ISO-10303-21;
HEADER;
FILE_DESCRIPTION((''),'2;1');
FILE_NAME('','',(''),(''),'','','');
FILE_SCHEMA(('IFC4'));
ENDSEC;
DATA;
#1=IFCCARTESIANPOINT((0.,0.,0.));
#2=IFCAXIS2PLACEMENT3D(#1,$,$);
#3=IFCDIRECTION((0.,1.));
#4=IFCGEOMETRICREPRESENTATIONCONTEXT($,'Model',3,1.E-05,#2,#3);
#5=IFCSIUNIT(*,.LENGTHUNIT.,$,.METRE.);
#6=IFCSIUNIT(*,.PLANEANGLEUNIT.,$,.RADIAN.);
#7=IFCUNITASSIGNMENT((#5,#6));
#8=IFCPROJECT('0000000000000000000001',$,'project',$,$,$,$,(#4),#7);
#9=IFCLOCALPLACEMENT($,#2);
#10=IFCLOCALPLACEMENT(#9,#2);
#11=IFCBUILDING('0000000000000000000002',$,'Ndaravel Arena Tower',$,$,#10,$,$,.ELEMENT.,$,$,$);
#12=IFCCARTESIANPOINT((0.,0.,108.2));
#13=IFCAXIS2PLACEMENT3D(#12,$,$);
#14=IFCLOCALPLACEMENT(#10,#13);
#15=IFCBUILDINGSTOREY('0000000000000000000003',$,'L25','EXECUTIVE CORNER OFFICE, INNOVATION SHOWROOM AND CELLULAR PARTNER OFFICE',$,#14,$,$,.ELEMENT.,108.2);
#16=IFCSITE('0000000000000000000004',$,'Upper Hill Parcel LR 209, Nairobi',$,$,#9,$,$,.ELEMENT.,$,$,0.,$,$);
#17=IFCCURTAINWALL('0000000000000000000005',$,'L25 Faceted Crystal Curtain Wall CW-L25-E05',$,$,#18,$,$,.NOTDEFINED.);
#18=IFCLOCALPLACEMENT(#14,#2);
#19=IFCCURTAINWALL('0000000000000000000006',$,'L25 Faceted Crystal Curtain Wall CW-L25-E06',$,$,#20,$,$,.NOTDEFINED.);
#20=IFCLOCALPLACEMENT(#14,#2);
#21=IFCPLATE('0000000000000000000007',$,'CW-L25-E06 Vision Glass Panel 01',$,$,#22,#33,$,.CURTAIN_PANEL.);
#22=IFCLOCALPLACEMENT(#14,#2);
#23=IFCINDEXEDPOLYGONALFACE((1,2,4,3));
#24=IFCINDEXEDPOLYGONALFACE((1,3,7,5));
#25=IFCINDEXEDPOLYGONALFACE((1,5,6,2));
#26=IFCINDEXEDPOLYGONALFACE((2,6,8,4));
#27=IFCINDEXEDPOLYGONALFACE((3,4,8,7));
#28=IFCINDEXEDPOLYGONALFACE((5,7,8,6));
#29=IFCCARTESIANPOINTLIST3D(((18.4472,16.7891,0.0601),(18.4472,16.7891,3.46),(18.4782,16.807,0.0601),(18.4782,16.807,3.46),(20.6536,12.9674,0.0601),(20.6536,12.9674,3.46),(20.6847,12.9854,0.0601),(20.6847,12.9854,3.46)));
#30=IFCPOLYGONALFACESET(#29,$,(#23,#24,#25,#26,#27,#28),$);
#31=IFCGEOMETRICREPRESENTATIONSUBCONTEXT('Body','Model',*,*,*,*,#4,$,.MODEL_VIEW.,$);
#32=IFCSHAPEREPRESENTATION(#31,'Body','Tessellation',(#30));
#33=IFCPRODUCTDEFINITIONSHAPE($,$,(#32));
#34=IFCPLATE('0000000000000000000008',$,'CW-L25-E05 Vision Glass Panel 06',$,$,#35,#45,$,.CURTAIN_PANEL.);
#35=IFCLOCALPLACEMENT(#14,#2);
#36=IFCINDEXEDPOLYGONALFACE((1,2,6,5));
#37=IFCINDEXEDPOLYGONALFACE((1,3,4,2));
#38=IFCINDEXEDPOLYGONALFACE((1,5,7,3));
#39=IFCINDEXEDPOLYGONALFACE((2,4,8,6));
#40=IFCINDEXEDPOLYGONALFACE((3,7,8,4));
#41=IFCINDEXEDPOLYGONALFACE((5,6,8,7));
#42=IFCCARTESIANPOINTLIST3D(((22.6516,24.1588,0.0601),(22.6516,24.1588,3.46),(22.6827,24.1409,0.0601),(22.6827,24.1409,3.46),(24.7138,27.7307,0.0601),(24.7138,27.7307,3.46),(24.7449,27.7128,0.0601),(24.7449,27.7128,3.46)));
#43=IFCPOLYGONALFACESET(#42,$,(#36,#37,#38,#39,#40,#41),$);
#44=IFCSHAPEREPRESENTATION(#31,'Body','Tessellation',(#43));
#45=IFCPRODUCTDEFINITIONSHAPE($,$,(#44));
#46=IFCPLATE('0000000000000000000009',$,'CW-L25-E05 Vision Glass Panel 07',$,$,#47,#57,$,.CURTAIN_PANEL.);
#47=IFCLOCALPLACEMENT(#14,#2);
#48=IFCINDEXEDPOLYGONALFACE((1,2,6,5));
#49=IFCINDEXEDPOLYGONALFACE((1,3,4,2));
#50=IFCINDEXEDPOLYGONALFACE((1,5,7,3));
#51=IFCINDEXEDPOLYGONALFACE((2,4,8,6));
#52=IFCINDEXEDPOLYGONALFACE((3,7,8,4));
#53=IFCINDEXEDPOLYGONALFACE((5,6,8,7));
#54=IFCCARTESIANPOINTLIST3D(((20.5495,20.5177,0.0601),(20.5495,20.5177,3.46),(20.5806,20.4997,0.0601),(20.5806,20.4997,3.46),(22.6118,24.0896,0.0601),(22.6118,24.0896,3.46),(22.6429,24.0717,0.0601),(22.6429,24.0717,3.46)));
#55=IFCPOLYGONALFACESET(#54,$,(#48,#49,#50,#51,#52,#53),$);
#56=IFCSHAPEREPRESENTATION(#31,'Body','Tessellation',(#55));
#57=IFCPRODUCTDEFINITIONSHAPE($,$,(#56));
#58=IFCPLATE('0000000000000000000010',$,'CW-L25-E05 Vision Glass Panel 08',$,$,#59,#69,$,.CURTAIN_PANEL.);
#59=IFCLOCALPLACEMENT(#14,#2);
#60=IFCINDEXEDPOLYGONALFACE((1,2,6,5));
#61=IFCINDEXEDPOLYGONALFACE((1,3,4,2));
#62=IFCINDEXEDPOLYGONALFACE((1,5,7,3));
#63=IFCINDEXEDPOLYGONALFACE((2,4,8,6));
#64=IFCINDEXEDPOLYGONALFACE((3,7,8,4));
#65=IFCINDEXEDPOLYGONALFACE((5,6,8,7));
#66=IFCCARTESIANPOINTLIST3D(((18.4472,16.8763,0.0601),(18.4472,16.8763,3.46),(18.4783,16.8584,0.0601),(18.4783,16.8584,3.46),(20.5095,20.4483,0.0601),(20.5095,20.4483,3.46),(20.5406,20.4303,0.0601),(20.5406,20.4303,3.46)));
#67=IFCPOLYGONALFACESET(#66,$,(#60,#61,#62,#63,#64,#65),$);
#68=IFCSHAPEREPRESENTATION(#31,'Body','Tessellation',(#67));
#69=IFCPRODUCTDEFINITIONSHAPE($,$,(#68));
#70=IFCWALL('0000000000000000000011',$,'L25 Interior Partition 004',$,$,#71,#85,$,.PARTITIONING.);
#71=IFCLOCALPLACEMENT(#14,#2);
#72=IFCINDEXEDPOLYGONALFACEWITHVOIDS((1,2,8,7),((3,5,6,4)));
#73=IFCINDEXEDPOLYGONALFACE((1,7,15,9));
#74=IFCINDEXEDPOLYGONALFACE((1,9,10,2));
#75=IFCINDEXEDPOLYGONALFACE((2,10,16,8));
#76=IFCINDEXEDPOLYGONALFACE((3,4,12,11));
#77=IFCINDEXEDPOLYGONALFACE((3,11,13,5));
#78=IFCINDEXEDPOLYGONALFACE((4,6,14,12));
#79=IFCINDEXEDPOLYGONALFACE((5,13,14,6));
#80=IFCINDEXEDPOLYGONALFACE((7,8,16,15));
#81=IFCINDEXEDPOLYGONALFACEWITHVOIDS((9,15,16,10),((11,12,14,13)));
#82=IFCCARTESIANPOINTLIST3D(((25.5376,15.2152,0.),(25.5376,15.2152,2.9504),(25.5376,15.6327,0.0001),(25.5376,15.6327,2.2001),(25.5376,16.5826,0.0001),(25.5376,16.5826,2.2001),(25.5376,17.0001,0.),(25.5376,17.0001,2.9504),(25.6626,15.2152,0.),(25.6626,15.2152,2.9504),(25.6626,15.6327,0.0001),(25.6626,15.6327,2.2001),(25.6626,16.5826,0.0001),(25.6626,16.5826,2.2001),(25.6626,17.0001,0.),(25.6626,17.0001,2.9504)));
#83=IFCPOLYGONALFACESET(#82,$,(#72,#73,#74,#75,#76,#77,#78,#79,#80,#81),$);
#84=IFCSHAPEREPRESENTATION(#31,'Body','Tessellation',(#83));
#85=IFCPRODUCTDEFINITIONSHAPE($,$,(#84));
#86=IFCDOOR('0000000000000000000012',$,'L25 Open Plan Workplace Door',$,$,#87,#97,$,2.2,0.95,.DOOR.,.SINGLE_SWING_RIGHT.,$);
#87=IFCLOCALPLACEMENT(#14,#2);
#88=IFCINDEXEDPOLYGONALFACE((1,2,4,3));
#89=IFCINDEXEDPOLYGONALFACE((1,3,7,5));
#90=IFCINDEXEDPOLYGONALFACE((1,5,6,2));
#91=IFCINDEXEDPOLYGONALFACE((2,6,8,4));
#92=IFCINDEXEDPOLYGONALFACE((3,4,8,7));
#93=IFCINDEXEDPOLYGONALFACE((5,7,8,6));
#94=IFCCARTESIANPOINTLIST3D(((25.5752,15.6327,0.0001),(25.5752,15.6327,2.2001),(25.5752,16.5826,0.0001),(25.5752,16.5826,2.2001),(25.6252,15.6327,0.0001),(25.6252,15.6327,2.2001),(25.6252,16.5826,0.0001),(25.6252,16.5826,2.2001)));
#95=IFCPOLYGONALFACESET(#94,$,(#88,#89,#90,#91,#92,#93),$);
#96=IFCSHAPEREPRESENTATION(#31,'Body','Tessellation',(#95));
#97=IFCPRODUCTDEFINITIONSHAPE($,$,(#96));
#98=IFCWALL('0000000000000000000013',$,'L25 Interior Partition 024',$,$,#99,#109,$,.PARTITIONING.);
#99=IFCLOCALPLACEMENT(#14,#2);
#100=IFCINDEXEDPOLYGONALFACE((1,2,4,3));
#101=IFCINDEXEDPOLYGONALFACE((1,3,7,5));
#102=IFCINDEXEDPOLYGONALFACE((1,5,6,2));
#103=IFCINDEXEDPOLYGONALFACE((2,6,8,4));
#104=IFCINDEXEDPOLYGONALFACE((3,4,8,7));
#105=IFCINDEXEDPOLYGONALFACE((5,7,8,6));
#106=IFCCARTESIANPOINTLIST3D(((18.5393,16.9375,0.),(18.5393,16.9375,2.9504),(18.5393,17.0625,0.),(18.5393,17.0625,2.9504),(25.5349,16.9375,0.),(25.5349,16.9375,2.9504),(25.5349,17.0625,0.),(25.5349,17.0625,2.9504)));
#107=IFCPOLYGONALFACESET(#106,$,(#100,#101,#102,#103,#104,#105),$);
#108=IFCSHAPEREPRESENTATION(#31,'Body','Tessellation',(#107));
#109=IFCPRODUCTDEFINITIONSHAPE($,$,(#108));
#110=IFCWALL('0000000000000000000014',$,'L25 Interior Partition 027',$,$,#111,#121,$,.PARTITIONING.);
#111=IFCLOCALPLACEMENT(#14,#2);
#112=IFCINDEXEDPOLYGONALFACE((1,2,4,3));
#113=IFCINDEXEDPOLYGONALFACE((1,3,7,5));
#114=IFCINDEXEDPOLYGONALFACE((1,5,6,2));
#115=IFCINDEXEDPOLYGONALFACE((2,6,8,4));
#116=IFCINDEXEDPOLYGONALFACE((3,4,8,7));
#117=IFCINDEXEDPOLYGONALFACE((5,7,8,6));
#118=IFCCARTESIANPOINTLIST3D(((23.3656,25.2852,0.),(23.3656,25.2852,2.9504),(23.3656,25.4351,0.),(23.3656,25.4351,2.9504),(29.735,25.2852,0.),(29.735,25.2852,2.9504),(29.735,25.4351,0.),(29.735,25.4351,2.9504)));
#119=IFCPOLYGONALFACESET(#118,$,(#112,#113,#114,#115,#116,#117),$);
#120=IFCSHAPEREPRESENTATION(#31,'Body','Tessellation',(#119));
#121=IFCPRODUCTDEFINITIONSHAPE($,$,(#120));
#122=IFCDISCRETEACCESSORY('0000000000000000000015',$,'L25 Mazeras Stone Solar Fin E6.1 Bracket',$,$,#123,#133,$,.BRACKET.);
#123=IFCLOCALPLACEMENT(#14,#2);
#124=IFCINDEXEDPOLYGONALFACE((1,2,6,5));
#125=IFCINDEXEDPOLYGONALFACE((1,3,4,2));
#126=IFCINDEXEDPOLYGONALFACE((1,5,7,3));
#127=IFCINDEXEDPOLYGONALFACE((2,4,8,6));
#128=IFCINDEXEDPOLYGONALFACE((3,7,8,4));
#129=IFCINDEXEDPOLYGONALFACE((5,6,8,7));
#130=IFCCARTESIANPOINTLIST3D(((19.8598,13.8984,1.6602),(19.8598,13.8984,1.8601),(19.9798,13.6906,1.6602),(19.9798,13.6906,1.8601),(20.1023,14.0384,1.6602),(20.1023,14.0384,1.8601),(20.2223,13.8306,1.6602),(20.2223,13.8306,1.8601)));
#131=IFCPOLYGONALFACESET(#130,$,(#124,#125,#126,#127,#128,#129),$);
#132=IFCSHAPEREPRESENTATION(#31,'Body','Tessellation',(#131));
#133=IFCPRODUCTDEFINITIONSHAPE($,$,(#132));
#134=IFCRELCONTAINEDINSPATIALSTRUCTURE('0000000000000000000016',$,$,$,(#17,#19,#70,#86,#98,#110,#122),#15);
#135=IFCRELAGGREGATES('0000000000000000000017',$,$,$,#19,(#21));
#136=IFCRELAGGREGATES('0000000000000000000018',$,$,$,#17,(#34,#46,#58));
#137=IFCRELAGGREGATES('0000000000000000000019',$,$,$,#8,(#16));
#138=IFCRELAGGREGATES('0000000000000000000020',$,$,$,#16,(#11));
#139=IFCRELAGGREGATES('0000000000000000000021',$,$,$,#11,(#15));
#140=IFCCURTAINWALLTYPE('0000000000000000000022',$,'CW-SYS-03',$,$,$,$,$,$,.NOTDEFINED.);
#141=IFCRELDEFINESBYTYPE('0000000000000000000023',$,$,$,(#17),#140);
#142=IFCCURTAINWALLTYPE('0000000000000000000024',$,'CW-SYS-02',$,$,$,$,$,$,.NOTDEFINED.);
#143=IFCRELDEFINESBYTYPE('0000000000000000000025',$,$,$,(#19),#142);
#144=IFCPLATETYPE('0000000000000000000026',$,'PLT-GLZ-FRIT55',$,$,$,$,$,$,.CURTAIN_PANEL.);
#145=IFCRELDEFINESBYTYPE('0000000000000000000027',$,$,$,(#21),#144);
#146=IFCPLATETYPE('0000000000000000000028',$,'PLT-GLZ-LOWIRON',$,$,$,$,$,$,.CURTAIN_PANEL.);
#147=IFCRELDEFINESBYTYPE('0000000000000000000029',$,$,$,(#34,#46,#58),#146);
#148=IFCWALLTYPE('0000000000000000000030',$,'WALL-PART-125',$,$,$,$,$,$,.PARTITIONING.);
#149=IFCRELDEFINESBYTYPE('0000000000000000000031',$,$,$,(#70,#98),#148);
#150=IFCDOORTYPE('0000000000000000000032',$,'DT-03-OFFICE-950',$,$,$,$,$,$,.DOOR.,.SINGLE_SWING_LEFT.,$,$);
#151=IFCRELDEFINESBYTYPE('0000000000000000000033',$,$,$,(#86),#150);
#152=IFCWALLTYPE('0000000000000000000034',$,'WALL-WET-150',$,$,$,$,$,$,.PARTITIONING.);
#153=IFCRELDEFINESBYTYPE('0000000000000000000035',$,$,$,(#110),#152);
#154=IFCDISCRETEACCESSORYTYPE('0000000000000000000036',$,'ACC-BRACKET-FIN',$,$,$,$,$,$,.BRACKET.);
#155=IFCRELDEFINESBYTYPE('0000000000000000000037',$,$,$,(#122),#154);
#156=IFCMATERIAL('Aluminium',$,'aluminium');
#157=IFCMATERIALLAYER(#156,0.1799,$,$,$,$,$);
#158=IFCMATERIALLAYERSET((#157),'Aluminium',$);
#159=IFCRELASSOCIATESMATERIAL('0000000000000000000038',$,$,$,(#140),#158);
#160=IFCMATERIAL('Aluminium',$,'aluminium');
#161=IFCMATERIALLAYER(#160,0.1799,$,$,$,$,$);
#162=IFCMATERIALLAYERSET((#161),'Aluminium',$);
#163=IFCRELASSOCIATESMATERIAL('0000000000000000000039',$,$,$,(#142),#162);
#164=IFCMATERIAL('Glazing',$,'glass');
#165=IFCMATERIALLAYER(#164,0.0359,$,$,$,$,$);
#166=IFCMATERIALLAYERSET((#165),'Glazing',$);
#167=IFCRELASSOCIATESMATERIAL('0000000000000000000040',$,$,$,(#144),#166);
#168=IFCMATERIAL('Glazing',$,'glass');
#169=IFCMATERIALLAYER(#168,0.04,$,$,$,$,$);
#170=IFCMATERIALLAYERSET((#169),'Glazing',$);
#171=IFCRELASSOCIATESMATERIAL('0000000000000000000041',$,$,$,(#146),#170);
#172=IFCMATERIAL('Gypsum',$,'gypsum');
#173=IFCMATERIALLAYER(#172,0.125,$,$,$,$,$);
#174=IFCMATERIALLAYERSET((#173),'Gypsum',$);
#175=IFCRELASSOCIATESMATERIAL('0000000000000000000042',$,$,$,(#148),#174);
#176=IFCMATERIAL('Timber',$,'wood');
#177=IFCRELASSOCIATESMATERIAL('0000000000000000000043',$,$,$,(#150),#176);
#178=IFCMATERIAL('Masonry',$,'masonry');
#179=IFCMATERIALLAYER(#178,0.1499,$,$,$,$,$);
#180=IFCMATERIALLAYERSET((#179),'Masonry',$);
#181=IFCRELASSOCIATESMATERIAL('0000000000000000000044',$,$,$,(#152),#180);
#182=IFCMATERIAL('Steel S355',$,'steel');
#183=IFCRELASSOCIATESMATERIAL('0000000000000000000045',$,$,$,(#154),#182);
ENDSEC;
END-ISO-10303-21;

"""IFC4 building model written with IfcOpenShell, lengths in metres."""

from ifc_helpers import new_model, si_unit, direction, frame, frame_2d, origin, origin_2d, place, context, subcontext, project, spatial, rectangle, extrude, material, layer, layer_set, type_object, element, fill, aggregate, save


model = new_model("IFC4")

# Units and contexts
model_context = context("Model", 3, precision=1e-05, world=origin(), true_north=direction((0.0, 1.0)))
body_context = subcontext(model_context, "Body", "Model", "MODEL_VIEW")
ifc_project = project(units=[si_unit("LENGTHUNIT", "METRE"), si_unit("PLANEANGLEUNIT", "RADIAN")], contexts=[model_context])

# Site, building, storey
site_placement = place(None, origin())
site = spatial("IfcSite", under=ifc_project, at=site_placement, Name="Upper Hill Parcel LR 209, Nairobi", CompositionType="ELEMENT", RefElevation=0.0)
building_placement = place(site_placement, origin())
building = spatial("IfcBuilding", under=site, at=building_placement, Name="Ndaravel Arena Tower", CompositionType="ELEMENT")
storey_placement = place(building_placement, frame((0.0, 0.0, 108.2)))
storey = spatial("IfcBuildingStorey", under=building, at=storey_placement, Name="L25", Description="EXECUTIVE CORNER OFFICE, INNOVATION SHOWROOM AND CELLULAR PARTNER OFFICE", CompositionType="ELEMENT", Elevation=108.2)

# Curtain wall
ifc_material_1 = material(Name="Aluminium", Category="aluminium")
ifc_layer_1 = layer(ifc_material_1, 0.1799)
ifc_layer_set_1 = layer_set([ifc_layer_1], Name="Aluminium")
curtain_wall_type_1 = type_object("IfcCurtainWallType", Name="CW-SYS-03", PredefinedType="NOTDEFINED", material=ifc_layer_set_1)
curtain_wall_1_placement = place(storey_placement, origin())
curtain_wall_1 = element("IfcCurtainWall", 1, at=curtain_wall_1_placement, inside=storey, type_object=curtain_wall_type_1, Name="L25 Faceted Crystal Curtain Wall CW-L25-E05", PredefinedType="NOTDEFINED")

# Curtain wall, plate
ifc_material_2 = material(Name="Aluminium", Category="aluminium")
ifc_layer_2 = layer(ifc_material_2, 0.1799)
ifc_layer_set_2 = layer_set([ifc_layer_2], Name="Aluminium")
curtain_wall_type_2 = type_object("IfcCurtainWallType", Name="CW-SYS-02", PredefinedType="NOTDEFINED", material=ifc_layer_set_2)
curtain_wall_2_placement = place(storey_placement, origin())
curtain_wall_2 = element("IfcCurtainWall", 2, at=curtain_wall_2_placement, inside=storey, type_object=curtain_wall_type_2, Name="L25 Faceted Crystal Curtain Wall CW-L25-E06", PredefinedType="NOTDEFINED")
ifc_material_3 = material(Name="Glazing", Category="glass")
ifc_layer_3 = layer(ifc_material_3, 0.0359)
ifc_layer_set_3 = layer_set([ifc_layer_3], Name="Glazing")
plate_type_1 = type_object("IfcPlateType", Name="PLT-GLZ-FRIT55", PredefinedType="CURTAIN_PANEL", material=ifc_layer_set_3)
plate_1_placement = place(storey_placement, frame((19.5659, 14.8872, 0.0601), z_axis=(0.0, 0.0, 1.0), x_axis=(0.5, -0.866025, 0.0)))
plate_1 = element("IfcPlate", 3, at=plate_1_placement, type_object=plate_type_1, Name="CW-L25-E06 Vision Glass Panel 01", PredefinedType="CURTAIN_PANEL", context=body_context, shape_type="SweptSolid", body=[
    extrude(rectangle(XDim=4.4128, YDim=0.0359, at=origin_2d()), origin(), (0.0, 0.0, 1.0), 3.3999),
])
aggregate(curtain_wall_2, [plate_1])

# Plates
ifc_material_4 = material(Name="Glazing", Category="glass")
ifc_layer_4 = layer(ifc_material_4, 0.04)
ifc_layer_set_4 = layer_set([ifc_layer_4], Name="Glazing")
plate_type_2 = type_object("IfcPlateType", Name="PLT-GLZ-LOWIRON", PredefinedType="CURTAIN_PANEL", material=ifc_layer_set_4)
plate_2_placement = place(storey_placement, frame((23.6982, 25.9358, 0.0601), z_axis=(0.0, 0.0, 1.0), x_axis=(-0.5, -0.866025, 0.0)))
plate_2 = element("IfcPlate", 4, at=plate_2_placement, type_object=plate_type_2, Name="CW-L25-E05 Vision Glass Panel 06", PredefinedType="CURTAIN_PANEL", context=body_context, shape_type="SweptSolid", body=[
    extrude(rectangle(XDim=4.1245, YDim=0.0359, at=origin_2d()), origin(), (0.0, 0.0, 1.0), 3.3999),
])
plate_3_placement = place(storey_placement, frame((21.5962, 22.2947, 0.0601), z_axis=(0.0, 0.0, 1.0), x_axis=(-0.5, -0.866025, 0.0)))
plate_3 = element("IfcPlate", 5, at=plate_3_placement, type_object=plate_type_2, Name="CW-L25-E05 Vision Glass Panel 07", PredefinedType="CURTAIN_PANEL", context=body_context, shape_type="SweptSolid", body=[
    extrude(rectangle(XDim=4.1245, YDim=0.0359, at=origin_2d()), origin(), (0.0, 0.0, 1.0), 3.3999),
])
plate_4_placement = place(storey_placement, frame((19.4939, 18.6533, 0.0601), z_axis=(0.0, 0.0, 1.0), x_axis=(-0.5, -0.866025, 0.0)))
plate_4 = element("IfcPlate", 6, at=plate_4_placement, type_object=plate_type_2, Name="CW-L25-E05 Vision Glass Panel 08", PredefinedType="CURTAIN_PANEL", context=body_context, shape_type="SweptSolid", body=[
    extrude(rectangle(XDim=4.1245, YDim=0.0359, at=origin_2d()), origin(), (0.0, 0.0, 1.0), 3.3999),
])
aggregate(curtain_wall_1, [plate_2, plate_3, plate_4])

# Wall, opening, door
ifc_material_5 = material(Name="Gypsum", Category="gypsum")
ifc_layer_5 = layer(ifc_material_5, 0.125)
ifc_layer_set_5 = layer_set([ifc_layer_5], Name="Gypsum")
wall_type_1 = type_object("IfcWallType", Name="WALL-PART-125", PredefinedType="PARTITIONING", material=ifc_layer_set_5)
wall_1_placement = place(storey_placement, frame((25.6001, 15.2151, 0.0), z_axis=(0.0, 0.0, 1.0), x_axis=(0.0, 1.0, 0.0)))
wall_1 = element("IfcWall", 7, at=wall_1_placement, inside=storey, type_object=wall_type_1, Name="L25 Interior Partition 004", PredefinedType="PARTITIONING", context=body_context, shape_type="SweptSolid", body=[
    extrude(rectangle(XDim=1.7849, YDim=0.125, at=frame_2d((0.8926, 0.0))), origin(), (0.0, 0.0, 1.0), 2.9504),
])
opening_placement = place(wall_1_placement, frame((0.4175, 0.0, 0.0)))
opening = element("IfcOpeningElement", 8, at=opening_placement, cuts=wall_1, PredefinedType="OPENING", context=body_context, shape_type="SweptSolid", body=[
    extrude(rectangle(XDim=0.95, YDim=2.2, at=frame_2d((0.4751, 1.1001))), frame((0.0, 0.0625, 0.0), z_axis=(0.0, -1.0, 0.0), x_axis=(1.0, 0.0, 0.0)), (0.0, 0.0, 1.0), 0.125),
])
ifc_material_6 = material(Name="Timber", Category="wood")
door_type = type_object("IfcDoorType", Name="DT-03-OFFICE-950", OperationType="SINGLE_SWING_LEFT", PredefinedType="DOOR", material=ifc_material_6)
door_placement = place(opening_placement, origin())
door = element("IfcDoor", 9, at=door_placement, inside=storey, type_object=door_type, Name="L25 Open Plan Workplace Door", OperationType="SINGLE_SWING_RIGHT", OverallHeight=2.2, OverallWidth=0.95, PredefinedType="DOOR", context=body_context, shape_type="SweptSolid", body=[
    extrude(rectangle(XDim=0.95, YDim=2.2, at=frame_2d((0.4751, 1.1001))), frame((0.0, 0.0249, 0.0), z_axis=(0.0, -1.0, 0.0), x_axis=(1.0, 0.0, 0.0)), (0.0, 0.0, 1.0), 0.05),
])
fill(opening, door)

# Walls
wall_2_placement = place(storey_placement, frame((18.5393, 17.0, 0.0), z_axis=(0.0, 0.0, 1.0), x_axis=(1.0, 0.0, 0.0)))
element("IfcWall", 10, at=wall_2_placement, inside=storey, type_object=wall_type_1, Name="L25 Interior Partition 024", PredefinedType="PARTITIONING", context=body_context, shape_type="SweptSolid", body=[
    extrude(rectangle(XDim=6.9956, YDim=0.125, at=frame_2d((3.4978, 0.0))), origin(), (0.0, 0.0, 1.0), 2.9504),
])
ifc_material_7 = material(Name="Masonry", Category="masonry")
ifc_layer_6 = layer(ifc_material_7, 0.1499)
ifc_layer_set_6 = layer_set([ifc_layer_6], Name="Masonry")
wall_type_2 = type_object("IfcWallType", Name="WALL-WET-150", PredefinedType="PARTITIONING", material=ifc_layer_set_6)
wall_3_placement = place(storey_placement, frame((23.3657, 25.3601, 0.0), z_axis=(0.0, 0.0, 1.0), x_axis=(1.0, 0.0, 0.0)))
element("IfcWall", 11, at=wall_3_placement, inside=storey, type_object=wall_type_2, Name="L25 Interior Partition 027", PredefinedType="PARTITIONING", context=body_context, shape_type="SweptSolid", body=[
    extrude(rectangle(XDim=6.3694, YDim=0.1499, at=frame_2d((3.1846, 0.0))), origin(), (0.0, 0.0, 1.0), 2.9504),
])

# Discrete accessory
ifc_material_8 = material(Name="Steel S355", Category="steel")
discrete_accessory_type = type_object("IfcDiscreteAccessoryType", Name="ACC-BRACKET-FIN", PredefinedType="BRACKET", material=ifc_material_8)
discrete_accessory_placement = place(storey_placement, frame((20.041, 13.8645, 1.6602), z_axis=(0.0, 0.0, 1.0), x_axis=(-0.866025, -0.5, 0.0)))
element("IfcDiscreteAccessory", 12, at=discrete_accessory_placement, inside=storey, type_object=discrete_accessory_type, Name="L25 Mazeras Stone Solar Fin E6.1 Bracket", PredefinedType="BRACKET", context=body_context, shape_type="SweptSolid", body=[
    extrude(rectangle(XDim=0.28, YDim=0.24, at=origin_2d()), origin(), (0.0, 0.0, 1.0), 0.2),
])

save(model, "model.ifc")
